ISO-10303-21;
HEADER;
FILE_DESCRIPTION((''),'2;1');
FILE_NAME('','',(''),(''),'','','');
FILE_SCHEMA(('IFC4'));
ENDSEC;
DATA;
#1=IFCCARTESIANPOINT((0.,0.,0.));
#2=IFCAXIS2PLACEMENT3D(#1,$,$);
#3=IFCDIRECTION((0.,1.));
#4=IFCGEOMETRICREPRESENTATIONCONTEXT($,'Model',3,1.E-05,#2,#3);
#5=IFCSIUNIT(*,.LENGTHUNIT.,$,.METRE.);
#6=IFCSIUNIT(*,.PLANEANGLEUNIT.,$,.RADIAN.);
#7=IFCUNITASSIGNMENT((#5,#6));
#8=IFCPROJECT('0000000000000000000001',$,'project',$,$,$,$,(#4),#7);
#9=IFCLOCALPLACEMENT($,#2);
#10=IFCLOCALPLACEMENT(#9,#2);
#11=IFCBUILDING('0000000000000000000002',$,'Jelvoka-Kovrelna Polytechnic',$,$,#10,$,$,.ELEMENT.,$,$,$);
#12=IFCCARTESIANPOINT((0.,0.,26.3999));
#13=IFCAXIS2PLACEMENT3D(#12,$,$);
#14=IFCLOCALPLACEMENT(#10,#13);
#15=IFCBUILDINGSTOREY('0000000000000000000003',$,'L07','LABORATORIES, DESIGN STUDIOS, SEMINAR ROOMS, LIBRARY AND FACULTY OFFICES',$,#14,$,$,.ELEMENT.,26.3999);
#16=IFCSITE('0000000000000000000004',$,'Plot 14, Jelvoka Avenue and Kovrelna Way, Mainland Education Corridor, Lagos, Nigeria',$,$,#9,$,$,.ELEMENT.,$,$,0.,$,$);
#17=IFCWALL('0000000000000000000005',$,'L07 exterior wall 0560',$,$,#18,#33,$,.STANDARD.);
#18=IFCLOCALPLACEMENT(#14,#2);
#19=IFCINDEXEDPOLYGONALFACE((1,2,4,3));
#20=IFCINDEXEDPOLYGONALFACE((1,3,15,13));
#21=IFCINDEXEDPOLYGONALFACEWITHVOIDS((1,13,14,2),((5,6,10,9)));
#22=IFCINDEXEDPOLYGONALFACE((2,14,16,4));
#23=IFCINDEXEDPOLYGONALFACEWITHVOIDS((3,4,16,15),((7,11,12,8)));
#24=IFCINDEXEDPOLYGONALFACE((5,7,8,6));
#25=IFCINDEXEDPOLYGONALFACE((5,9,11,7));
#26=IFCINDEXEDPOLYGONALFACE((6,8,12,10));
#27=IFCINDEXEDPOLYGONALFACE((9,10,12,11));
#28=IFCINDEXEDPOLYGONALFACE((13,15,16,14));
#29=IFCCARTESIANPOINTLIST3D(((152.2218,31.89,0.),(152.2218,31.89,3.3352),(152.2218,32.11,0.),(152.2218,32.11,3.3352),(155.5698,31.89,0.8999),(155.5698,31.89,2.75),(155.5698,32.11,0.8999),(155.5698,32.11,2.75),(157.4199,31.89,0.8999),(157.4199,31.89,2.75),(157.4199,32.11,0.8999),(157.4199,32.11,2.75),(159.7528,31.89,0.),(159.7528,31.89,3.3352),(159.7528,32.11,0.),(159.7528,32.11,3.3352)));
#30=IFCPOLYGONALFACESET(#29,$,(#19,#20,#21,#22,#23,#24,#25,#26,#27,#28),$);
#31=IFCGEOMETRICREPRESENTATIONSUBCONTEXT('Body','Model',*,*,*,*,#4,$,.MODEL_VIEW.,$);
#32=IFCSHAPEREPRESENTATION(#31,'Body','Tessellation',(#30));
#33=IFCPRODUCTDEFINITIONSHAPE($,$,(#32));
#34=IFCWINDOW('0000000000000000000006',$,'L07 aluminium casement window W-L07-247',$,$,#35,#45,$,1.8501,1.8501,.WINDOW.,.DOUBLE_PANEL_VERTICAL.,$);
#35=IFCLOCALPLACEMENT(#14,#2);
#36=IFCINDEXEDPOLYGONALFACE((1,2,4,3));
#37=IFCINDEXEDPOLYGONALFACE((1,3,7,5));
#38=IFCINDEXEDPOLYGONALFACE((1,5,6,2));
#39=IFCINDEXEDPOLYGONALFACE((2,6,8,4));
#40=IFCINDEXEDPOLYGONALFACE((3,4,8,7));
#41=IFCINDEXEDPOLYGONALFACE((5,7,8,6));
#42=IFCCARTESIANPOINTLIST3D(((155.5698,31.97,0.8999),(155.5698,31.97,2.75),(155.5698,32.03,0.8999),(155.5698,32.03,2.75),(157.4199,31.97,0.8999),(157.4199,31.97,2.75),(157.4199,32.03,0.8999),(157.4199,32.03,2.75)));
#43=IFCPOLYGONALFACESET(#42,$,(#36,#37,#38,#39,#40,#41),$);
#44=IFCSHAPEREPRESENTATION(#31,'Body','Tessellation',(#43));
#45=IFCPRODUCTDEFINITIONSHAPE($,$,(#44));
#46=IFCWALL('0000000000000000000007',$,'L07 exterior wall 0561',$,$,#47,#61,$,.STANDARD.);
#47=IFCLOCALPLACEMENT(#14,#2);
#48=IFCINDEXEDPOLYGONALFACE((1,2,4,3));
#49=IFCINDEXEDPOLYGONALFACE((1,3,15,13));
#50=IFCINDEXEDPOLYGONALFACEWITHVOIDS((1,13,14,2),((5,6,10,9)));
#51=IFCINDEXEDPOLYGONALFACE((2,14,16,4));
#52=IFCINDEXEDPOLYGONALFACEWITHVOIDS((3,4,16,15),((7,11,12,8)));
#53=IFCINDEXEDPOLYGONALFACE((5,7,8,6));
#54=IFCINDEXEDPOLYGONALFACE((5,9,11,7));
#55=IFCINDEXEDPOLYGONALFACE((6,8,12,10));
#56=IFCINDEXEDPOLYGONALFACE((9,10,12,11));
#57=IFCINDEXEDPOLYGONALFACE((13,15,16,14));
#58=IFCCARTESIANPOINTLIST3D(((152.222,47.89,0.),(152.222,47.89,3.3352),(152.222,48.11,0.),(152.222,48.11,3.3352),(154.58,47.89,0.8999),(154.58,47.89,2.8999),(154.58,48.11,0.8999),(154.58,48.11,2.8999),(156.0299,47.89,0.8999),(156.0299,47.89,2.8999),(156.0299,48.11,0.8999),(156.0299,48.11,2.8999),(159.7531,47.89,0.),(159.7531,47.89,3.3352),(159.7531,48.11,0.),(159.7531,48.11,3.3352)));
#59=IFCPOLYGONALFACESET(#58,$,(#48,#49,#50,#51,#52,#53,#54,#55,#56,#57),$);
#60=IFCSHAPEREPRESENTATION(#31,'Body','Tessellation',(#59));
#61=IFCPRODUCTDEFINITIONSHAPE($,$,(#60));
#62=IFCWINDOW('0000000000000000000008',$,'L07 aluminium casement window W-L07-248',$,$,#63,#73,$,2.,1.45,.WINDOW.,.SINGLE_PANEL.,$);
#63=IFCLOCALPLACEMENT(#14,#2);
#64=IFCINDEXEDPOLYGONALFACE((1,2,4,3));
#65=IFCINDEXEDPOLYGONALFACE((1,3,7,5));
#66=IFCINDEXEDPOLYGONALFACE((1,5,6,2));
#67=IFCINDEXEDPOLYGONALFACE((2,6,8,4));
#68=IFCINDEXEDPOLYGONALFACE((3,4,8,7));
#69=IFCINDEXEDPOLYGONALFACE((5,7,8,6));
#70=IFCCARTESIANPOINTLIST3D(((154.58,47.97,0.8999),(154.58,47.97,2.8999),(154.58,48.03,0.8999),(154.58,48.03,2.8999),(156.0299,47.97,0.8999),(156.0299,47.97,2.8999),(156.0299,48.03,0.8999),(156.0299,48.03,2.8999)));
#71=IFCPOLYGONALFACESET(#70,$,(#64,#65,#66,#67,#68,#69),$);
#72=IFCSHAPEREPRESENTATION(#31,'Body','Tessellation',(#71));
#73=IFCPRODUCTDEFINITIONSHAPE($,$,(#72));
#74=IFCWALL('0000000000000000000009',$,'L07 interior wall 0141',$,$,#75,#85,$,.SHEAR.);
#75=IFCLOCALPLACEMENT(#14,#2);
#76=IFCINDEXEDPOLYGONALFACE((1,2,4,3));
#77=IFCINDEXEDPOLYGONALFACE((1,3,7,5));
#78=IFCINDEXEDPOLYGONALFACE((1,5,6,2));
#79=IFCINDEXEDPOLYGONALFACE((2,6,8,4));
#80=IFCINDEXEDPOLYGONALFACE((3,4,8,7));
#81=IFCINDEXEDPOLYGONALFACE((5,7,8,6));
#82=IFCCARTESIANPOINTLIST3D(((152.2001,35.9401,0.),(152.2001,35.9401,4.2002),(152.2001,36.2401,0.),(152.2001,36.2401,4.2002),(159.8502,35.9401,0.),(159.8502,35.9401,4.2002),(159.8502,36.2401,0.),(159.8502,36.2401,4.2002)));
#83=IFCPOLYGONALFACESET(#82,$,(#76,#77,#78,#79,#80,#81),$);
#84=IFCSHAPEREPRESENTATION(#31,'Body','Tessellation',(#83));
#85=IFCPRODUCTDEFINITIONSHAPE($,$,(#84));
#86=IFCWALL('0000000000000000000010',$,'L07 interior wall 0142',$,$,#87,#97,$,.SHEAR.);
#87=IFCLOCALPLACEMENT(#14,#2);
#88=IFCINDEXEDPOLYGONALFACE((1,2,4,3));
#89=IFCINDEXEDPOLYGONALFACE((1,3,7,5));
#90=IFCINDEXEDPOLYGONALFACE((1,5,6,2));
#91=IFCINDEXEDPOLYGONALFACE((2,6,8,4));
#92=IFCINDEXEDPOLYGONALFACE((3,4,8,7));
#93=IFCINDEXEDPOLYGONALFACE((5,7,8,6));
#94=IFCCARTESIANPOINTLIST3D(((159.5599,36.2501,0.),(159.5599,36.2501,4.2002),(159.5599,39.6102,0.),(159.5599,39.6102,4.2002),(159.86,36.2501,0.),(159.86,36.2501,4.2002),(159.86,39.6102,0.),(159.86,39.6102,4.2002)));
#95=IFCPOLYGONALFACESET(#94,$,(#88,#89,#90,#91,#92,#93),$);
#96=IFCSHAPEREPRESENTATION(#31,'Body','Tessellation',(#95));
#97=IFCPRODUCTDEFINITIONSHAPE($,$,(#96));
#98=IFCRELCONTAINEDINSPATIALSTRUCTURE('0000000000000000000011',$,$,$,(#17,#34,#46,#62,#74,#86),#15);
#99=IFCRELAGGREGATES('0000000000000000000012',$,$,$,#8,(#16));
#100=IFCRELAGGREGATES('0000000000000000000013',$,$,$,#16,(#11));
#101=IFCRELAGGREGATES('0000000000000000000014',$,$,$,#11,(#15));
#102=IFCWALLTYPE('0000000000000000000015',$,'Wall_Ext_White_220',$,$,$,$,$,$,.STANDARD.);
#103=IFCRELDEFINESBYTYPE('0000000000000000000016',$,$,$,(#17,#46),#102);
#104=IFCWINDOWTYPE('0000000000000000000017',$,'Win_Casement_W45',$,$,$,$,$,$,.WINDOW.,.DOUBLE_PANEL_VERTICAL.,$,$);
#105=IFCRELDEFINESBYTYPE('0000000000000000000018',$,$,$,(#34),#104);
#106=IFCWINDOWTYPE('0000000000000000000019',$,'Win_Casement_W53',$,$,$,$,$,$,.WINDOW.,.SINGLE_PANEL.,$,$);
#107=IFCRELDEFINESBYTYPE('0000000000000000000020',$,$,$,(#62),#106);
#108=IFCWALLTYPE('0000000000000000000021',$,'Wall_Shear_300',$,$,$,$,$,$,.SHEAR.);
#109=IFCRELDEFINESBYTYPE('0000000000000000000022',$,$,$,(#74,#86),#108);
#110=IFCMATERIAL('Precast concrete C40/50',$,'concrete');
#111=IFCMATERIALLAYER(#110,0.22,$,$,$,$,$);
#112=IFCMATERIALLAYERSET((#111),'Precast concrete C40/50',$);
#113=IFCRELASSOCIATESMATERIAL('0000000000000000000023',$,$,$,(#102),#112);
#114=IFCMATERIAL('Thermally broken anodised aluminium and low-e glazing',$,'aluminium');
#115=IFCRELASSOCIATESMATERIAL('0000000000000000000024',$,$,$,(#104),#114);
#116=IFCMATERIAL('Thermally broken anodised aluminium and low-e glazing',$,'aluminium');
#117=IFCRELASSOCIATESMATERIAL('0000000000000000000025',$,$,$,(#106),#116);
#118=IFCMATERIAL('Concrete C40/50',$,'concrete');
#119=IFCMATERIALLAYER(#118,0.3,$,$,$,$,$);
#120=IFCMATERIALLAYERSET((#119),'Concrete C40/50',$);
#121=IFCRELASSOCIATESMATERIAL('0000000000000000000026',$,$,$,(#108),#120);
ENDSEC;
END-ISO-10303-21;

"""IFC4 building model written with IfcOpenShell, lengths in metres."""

from ifc_helpers import new_model, si_unit, direction, frame, frame_2d, origin, place, context, subcontext, project, spatial, rectangle, extrude, material, layer, layer_set, type_object, element, fill, save


model = new_model("IFC4")

# Units and contexts
model_context = context("Model", 3, precision=1e-05, world=origin(), true_north=direction((0.0, 1.0)))
body_context = subcontext(model_context, "Body", "Model", "MODEL_VIEW")
ifc_project = project(units=[si_unit("LENGTHUNIT", "METRE"), si_unit("PLANEANGLEUNIT", "RADIAN")], contexts=[model_context])

# Site, building, storey
site_placement = place(None, origin())
site = spatial("IfcSite", under=ifc_project, at=site_placement, Name="Plot 14, Jelvoka Avenue and Kovrelna Way, Mainland Education Corridor, Lagos, Nigeria", CompositionType="ELEMENT", RefElevation=0.0)
building_placement = place(site_placement, origin())
building = spatial("IfcBuilding", under=site, at=building_placement, Name="Jelvoka-Kovrelna Polytechnic", CompositionType="ELEMENT")
storey_placement = place(building_placement, frame((0.0, 0.0, 26.3999)))
storey = spatial("IfcBuildingStorey", under=building, at=storey_placement, Name="L07", Description="LABORATORIES, DESIGN STUDIOS, SEMINAR ROOMS, LIBRARY AND FACULTY OFFICES", CompositionType="ELEMENT", Elevation=26.3999)

# Walls, openings, windows
ifc_material_1 = material(Name="Precast concrete C40/50", Category="concrete")
ifc_layer_1 = layer(ifc_material_1, 0.22)
ifc_layer_set_1 = layer_set([ifc_layer_1], Name="Precast concrete C40/50")
wall_type_1 = type_object("IfcWallType", Name="Wall_Ext_White_220", PredefinedType="STANDARD", material=ifc_layer_set_1)
wall_1_placement = place(storey_placement, frame((159.7529, 32.0, 0.0), z_axis=(0.0, 0.0, 1.0), x_axis=(-1.0, 0.0, 0.0)))
wall_1 = element("IfcWall", 1, at=wall_1_placement, inside=storey, type_object=wall_type_1, Name="L07 exterior wall 0560", PredefinedType="STANDARD", context=body_context, shape_type="SweptSolid", body=[
    extrude(rectangle(XDim=7.531, YDim=0.22, at=frame_2d((3.7656, 0.0))), origin(), (0.0, 0.0, 1.0), 3.3352),
])
opening_1_placement = place(wall_1_placement, frame((2.333, 0.0, 0.8999)))
opening_1 = element("IfcOpeningElement", 2, at=opening_1_placement, cuts=wall_1, PredefinedType="OPENING", context=body_context, shape_type="SweptSolid", body=[
    extrude(rectangle(XDim=1.8501, YDim=1.8501, at=frame_2d((0.925, 0.925))), frame((0.0, 0.1199, 0.0), z_axis=(0.0, -1.0, 0.0), x_axis=(1.0, 0.0, 0.0)), (0.0, 0.0, 1.0), 0.24),
])
ifc_material_2 = material(Name="Thermally broken anodised aluminium and low-e glazing", Category="aluminium")
window_type_1 = type_object("IfcWindowType", Name="Win_Casement_W45", PartitioningType="DOUBLE_PANEL_VERTICAL", PredefinedType="WINDOW", material=ifc_material_2)
window_1_placement = place(opening_1_placement, origin())
window_1 = element("IfcWindow", 3, at=window_1_placement, inside=storey, type_object=window_type_1, Name="L07 aluminium casement window W-L07-247", OverallHeight=1.8501, OverallWidth=1.8501, PartitioningType="DOUBLE_PANEL_VERTICAL", PredefinedType="WINDOW", context=body_context, shape_type="SweptSolid", body=[
    extrude(rectangle(XDim=1.8501, YDim=1.8501, at=frame_2d((0.925, 0.925))), frame((0.0, 0.03, 0.0), z_axis=(0.0, -1.0, 0.0), x_axis=(1.0, 0.0, 0.0)), (0.0, 0.0, 1.0), 0.0601),
])
fill(opening_1, window_1)
wall_2_placement = place(storey_placement, frame((152.2219, 48.0, 0.0), z_axis=(0.0, 0.0, 1.0), x_axis=(1.0, 0.0, 0.0)))
wall_2 = element("IfcWall", 4, at=wall_2_placement, inside=storey, type_object=wall_type_1, Name="L07 exterior wall 0561", PredefinedType="STANDARD", context=body_context, shape_type="SweptSolid", body=[
    extrude(rectangle(XDim=7.531, YDim=0.22, at=frame_2d((3.7656, 0.0))), origin(), (0.0, 0.0, 1.0), 3.3352),
])
opening_2_placement = place(wall_2_placement, frame((2.3579, 0.0, 0.8999)))
opening_2 = element("IfcOpeningElement", 5, at=opening_2_placement, cuts=wall_2, PredefinedType="OPENING", context=body_context, shape_type="SweptSolid", body=[
    extrude(rectangle(XDim=1.45, YDim=2.0, at=frame_2d((0.7251, 1.0))), frame((0.0, 0.1199, 0.0), z_axis=(0.0, -1.0, 0.0), x_axis=(1.0, 0.0, 0.0)), (0.0, 0.0, 1.0), 0.24),
])
ifc_material_3 = material(Name="Thermally broken anodised aluminium and low-e glazing", Category="aluminium")
window_type_2 = type_object("IfcWindowType", Name="Win_Casement_W53", PartitioningType="SINGLE_PANEL", PredefinedType="WINDOW", material=ifc_material_3)
window_2_placement = place(opening_2_placement, origin())
window_2 = element("IfcWindow", 6, at=window_2_placement, inside=storey, type_object=window_type_2, Name="L07 aluminium casement window W-L07-248", OverallHeight=2.0, OverallWidth=1.45, PartitioningType="SINGLE_PANEL", PredefinedType="WINDOW", context=body_context, shape_type="SweptSolid", body=[
    extrude(rectangle(XDim=1.45, YDim=2.0, at=frame_2d((0.7251, 1.0))), frame((0.0, 0.03, 0.0), z_axis=(0.0, -1.0, 0.0), x_axis=(1.0, 0.0, 0.0)), (0.0, 0.0, 1.0), 0.0601),
])
fill(opening_2, window_2)

# Walls
ifc_material_4 = material(Name="Concrete C40/50", Category="concrete")
ifc_layer_2 = layer(ifc_material_4, 0.3)
ifc_layer_set_2 = layer_set([ifc_layer_2], Name="Concrete C40/50")
wall_type_2 = type_object("IfcWallType", Name="Wall_Shear_300", PredefinedType="SHEAR", material=ifc_layer_set_2)
wall_3_placement = place(storey_placement, frame((152.2, 36.0901, 0.0), z_axis=(0.0, 0.0, 1.0), x_axis=(1.0, 0.0, 0.0)))
element("IfcWall", 7, at=wall_3_placement, inside=storey, type_object=wall_type_2, Name="L07 interior wall 0141", PredefinedType="SHEAR", context=body_context, shape_type="SweptSolid", body=[
    extrude(rectangle(XDim=7.6501, YDim=0.3, at=frame_2d((3.8252, 0.0))), origin(), (0.0, 0.0, 1.0), 4.2002),
])
wall_4_placement = place(storey_placement, frame((159.71, 36.25, 0.0), z_axis=(0.0, 0.0, 1.0), x_axis=(0.0, 1.0, 0.0)))
element("IfcWall", 8, at=wall_4_placement, inside=storey, type_object=wall_type_2, Name="L07 interior wall 0142", PredefinedType="SHEAR", context=body_context, shape_type="SweptSolid", body=[
    extrude(rectangle(XDim=3.3601, YDim=0.3, at=frame_2d((1.6802, 0.0))), origin(), (0.0, 0.0, 1.0), 4.2002),
])

save(model, "model.ifc")
